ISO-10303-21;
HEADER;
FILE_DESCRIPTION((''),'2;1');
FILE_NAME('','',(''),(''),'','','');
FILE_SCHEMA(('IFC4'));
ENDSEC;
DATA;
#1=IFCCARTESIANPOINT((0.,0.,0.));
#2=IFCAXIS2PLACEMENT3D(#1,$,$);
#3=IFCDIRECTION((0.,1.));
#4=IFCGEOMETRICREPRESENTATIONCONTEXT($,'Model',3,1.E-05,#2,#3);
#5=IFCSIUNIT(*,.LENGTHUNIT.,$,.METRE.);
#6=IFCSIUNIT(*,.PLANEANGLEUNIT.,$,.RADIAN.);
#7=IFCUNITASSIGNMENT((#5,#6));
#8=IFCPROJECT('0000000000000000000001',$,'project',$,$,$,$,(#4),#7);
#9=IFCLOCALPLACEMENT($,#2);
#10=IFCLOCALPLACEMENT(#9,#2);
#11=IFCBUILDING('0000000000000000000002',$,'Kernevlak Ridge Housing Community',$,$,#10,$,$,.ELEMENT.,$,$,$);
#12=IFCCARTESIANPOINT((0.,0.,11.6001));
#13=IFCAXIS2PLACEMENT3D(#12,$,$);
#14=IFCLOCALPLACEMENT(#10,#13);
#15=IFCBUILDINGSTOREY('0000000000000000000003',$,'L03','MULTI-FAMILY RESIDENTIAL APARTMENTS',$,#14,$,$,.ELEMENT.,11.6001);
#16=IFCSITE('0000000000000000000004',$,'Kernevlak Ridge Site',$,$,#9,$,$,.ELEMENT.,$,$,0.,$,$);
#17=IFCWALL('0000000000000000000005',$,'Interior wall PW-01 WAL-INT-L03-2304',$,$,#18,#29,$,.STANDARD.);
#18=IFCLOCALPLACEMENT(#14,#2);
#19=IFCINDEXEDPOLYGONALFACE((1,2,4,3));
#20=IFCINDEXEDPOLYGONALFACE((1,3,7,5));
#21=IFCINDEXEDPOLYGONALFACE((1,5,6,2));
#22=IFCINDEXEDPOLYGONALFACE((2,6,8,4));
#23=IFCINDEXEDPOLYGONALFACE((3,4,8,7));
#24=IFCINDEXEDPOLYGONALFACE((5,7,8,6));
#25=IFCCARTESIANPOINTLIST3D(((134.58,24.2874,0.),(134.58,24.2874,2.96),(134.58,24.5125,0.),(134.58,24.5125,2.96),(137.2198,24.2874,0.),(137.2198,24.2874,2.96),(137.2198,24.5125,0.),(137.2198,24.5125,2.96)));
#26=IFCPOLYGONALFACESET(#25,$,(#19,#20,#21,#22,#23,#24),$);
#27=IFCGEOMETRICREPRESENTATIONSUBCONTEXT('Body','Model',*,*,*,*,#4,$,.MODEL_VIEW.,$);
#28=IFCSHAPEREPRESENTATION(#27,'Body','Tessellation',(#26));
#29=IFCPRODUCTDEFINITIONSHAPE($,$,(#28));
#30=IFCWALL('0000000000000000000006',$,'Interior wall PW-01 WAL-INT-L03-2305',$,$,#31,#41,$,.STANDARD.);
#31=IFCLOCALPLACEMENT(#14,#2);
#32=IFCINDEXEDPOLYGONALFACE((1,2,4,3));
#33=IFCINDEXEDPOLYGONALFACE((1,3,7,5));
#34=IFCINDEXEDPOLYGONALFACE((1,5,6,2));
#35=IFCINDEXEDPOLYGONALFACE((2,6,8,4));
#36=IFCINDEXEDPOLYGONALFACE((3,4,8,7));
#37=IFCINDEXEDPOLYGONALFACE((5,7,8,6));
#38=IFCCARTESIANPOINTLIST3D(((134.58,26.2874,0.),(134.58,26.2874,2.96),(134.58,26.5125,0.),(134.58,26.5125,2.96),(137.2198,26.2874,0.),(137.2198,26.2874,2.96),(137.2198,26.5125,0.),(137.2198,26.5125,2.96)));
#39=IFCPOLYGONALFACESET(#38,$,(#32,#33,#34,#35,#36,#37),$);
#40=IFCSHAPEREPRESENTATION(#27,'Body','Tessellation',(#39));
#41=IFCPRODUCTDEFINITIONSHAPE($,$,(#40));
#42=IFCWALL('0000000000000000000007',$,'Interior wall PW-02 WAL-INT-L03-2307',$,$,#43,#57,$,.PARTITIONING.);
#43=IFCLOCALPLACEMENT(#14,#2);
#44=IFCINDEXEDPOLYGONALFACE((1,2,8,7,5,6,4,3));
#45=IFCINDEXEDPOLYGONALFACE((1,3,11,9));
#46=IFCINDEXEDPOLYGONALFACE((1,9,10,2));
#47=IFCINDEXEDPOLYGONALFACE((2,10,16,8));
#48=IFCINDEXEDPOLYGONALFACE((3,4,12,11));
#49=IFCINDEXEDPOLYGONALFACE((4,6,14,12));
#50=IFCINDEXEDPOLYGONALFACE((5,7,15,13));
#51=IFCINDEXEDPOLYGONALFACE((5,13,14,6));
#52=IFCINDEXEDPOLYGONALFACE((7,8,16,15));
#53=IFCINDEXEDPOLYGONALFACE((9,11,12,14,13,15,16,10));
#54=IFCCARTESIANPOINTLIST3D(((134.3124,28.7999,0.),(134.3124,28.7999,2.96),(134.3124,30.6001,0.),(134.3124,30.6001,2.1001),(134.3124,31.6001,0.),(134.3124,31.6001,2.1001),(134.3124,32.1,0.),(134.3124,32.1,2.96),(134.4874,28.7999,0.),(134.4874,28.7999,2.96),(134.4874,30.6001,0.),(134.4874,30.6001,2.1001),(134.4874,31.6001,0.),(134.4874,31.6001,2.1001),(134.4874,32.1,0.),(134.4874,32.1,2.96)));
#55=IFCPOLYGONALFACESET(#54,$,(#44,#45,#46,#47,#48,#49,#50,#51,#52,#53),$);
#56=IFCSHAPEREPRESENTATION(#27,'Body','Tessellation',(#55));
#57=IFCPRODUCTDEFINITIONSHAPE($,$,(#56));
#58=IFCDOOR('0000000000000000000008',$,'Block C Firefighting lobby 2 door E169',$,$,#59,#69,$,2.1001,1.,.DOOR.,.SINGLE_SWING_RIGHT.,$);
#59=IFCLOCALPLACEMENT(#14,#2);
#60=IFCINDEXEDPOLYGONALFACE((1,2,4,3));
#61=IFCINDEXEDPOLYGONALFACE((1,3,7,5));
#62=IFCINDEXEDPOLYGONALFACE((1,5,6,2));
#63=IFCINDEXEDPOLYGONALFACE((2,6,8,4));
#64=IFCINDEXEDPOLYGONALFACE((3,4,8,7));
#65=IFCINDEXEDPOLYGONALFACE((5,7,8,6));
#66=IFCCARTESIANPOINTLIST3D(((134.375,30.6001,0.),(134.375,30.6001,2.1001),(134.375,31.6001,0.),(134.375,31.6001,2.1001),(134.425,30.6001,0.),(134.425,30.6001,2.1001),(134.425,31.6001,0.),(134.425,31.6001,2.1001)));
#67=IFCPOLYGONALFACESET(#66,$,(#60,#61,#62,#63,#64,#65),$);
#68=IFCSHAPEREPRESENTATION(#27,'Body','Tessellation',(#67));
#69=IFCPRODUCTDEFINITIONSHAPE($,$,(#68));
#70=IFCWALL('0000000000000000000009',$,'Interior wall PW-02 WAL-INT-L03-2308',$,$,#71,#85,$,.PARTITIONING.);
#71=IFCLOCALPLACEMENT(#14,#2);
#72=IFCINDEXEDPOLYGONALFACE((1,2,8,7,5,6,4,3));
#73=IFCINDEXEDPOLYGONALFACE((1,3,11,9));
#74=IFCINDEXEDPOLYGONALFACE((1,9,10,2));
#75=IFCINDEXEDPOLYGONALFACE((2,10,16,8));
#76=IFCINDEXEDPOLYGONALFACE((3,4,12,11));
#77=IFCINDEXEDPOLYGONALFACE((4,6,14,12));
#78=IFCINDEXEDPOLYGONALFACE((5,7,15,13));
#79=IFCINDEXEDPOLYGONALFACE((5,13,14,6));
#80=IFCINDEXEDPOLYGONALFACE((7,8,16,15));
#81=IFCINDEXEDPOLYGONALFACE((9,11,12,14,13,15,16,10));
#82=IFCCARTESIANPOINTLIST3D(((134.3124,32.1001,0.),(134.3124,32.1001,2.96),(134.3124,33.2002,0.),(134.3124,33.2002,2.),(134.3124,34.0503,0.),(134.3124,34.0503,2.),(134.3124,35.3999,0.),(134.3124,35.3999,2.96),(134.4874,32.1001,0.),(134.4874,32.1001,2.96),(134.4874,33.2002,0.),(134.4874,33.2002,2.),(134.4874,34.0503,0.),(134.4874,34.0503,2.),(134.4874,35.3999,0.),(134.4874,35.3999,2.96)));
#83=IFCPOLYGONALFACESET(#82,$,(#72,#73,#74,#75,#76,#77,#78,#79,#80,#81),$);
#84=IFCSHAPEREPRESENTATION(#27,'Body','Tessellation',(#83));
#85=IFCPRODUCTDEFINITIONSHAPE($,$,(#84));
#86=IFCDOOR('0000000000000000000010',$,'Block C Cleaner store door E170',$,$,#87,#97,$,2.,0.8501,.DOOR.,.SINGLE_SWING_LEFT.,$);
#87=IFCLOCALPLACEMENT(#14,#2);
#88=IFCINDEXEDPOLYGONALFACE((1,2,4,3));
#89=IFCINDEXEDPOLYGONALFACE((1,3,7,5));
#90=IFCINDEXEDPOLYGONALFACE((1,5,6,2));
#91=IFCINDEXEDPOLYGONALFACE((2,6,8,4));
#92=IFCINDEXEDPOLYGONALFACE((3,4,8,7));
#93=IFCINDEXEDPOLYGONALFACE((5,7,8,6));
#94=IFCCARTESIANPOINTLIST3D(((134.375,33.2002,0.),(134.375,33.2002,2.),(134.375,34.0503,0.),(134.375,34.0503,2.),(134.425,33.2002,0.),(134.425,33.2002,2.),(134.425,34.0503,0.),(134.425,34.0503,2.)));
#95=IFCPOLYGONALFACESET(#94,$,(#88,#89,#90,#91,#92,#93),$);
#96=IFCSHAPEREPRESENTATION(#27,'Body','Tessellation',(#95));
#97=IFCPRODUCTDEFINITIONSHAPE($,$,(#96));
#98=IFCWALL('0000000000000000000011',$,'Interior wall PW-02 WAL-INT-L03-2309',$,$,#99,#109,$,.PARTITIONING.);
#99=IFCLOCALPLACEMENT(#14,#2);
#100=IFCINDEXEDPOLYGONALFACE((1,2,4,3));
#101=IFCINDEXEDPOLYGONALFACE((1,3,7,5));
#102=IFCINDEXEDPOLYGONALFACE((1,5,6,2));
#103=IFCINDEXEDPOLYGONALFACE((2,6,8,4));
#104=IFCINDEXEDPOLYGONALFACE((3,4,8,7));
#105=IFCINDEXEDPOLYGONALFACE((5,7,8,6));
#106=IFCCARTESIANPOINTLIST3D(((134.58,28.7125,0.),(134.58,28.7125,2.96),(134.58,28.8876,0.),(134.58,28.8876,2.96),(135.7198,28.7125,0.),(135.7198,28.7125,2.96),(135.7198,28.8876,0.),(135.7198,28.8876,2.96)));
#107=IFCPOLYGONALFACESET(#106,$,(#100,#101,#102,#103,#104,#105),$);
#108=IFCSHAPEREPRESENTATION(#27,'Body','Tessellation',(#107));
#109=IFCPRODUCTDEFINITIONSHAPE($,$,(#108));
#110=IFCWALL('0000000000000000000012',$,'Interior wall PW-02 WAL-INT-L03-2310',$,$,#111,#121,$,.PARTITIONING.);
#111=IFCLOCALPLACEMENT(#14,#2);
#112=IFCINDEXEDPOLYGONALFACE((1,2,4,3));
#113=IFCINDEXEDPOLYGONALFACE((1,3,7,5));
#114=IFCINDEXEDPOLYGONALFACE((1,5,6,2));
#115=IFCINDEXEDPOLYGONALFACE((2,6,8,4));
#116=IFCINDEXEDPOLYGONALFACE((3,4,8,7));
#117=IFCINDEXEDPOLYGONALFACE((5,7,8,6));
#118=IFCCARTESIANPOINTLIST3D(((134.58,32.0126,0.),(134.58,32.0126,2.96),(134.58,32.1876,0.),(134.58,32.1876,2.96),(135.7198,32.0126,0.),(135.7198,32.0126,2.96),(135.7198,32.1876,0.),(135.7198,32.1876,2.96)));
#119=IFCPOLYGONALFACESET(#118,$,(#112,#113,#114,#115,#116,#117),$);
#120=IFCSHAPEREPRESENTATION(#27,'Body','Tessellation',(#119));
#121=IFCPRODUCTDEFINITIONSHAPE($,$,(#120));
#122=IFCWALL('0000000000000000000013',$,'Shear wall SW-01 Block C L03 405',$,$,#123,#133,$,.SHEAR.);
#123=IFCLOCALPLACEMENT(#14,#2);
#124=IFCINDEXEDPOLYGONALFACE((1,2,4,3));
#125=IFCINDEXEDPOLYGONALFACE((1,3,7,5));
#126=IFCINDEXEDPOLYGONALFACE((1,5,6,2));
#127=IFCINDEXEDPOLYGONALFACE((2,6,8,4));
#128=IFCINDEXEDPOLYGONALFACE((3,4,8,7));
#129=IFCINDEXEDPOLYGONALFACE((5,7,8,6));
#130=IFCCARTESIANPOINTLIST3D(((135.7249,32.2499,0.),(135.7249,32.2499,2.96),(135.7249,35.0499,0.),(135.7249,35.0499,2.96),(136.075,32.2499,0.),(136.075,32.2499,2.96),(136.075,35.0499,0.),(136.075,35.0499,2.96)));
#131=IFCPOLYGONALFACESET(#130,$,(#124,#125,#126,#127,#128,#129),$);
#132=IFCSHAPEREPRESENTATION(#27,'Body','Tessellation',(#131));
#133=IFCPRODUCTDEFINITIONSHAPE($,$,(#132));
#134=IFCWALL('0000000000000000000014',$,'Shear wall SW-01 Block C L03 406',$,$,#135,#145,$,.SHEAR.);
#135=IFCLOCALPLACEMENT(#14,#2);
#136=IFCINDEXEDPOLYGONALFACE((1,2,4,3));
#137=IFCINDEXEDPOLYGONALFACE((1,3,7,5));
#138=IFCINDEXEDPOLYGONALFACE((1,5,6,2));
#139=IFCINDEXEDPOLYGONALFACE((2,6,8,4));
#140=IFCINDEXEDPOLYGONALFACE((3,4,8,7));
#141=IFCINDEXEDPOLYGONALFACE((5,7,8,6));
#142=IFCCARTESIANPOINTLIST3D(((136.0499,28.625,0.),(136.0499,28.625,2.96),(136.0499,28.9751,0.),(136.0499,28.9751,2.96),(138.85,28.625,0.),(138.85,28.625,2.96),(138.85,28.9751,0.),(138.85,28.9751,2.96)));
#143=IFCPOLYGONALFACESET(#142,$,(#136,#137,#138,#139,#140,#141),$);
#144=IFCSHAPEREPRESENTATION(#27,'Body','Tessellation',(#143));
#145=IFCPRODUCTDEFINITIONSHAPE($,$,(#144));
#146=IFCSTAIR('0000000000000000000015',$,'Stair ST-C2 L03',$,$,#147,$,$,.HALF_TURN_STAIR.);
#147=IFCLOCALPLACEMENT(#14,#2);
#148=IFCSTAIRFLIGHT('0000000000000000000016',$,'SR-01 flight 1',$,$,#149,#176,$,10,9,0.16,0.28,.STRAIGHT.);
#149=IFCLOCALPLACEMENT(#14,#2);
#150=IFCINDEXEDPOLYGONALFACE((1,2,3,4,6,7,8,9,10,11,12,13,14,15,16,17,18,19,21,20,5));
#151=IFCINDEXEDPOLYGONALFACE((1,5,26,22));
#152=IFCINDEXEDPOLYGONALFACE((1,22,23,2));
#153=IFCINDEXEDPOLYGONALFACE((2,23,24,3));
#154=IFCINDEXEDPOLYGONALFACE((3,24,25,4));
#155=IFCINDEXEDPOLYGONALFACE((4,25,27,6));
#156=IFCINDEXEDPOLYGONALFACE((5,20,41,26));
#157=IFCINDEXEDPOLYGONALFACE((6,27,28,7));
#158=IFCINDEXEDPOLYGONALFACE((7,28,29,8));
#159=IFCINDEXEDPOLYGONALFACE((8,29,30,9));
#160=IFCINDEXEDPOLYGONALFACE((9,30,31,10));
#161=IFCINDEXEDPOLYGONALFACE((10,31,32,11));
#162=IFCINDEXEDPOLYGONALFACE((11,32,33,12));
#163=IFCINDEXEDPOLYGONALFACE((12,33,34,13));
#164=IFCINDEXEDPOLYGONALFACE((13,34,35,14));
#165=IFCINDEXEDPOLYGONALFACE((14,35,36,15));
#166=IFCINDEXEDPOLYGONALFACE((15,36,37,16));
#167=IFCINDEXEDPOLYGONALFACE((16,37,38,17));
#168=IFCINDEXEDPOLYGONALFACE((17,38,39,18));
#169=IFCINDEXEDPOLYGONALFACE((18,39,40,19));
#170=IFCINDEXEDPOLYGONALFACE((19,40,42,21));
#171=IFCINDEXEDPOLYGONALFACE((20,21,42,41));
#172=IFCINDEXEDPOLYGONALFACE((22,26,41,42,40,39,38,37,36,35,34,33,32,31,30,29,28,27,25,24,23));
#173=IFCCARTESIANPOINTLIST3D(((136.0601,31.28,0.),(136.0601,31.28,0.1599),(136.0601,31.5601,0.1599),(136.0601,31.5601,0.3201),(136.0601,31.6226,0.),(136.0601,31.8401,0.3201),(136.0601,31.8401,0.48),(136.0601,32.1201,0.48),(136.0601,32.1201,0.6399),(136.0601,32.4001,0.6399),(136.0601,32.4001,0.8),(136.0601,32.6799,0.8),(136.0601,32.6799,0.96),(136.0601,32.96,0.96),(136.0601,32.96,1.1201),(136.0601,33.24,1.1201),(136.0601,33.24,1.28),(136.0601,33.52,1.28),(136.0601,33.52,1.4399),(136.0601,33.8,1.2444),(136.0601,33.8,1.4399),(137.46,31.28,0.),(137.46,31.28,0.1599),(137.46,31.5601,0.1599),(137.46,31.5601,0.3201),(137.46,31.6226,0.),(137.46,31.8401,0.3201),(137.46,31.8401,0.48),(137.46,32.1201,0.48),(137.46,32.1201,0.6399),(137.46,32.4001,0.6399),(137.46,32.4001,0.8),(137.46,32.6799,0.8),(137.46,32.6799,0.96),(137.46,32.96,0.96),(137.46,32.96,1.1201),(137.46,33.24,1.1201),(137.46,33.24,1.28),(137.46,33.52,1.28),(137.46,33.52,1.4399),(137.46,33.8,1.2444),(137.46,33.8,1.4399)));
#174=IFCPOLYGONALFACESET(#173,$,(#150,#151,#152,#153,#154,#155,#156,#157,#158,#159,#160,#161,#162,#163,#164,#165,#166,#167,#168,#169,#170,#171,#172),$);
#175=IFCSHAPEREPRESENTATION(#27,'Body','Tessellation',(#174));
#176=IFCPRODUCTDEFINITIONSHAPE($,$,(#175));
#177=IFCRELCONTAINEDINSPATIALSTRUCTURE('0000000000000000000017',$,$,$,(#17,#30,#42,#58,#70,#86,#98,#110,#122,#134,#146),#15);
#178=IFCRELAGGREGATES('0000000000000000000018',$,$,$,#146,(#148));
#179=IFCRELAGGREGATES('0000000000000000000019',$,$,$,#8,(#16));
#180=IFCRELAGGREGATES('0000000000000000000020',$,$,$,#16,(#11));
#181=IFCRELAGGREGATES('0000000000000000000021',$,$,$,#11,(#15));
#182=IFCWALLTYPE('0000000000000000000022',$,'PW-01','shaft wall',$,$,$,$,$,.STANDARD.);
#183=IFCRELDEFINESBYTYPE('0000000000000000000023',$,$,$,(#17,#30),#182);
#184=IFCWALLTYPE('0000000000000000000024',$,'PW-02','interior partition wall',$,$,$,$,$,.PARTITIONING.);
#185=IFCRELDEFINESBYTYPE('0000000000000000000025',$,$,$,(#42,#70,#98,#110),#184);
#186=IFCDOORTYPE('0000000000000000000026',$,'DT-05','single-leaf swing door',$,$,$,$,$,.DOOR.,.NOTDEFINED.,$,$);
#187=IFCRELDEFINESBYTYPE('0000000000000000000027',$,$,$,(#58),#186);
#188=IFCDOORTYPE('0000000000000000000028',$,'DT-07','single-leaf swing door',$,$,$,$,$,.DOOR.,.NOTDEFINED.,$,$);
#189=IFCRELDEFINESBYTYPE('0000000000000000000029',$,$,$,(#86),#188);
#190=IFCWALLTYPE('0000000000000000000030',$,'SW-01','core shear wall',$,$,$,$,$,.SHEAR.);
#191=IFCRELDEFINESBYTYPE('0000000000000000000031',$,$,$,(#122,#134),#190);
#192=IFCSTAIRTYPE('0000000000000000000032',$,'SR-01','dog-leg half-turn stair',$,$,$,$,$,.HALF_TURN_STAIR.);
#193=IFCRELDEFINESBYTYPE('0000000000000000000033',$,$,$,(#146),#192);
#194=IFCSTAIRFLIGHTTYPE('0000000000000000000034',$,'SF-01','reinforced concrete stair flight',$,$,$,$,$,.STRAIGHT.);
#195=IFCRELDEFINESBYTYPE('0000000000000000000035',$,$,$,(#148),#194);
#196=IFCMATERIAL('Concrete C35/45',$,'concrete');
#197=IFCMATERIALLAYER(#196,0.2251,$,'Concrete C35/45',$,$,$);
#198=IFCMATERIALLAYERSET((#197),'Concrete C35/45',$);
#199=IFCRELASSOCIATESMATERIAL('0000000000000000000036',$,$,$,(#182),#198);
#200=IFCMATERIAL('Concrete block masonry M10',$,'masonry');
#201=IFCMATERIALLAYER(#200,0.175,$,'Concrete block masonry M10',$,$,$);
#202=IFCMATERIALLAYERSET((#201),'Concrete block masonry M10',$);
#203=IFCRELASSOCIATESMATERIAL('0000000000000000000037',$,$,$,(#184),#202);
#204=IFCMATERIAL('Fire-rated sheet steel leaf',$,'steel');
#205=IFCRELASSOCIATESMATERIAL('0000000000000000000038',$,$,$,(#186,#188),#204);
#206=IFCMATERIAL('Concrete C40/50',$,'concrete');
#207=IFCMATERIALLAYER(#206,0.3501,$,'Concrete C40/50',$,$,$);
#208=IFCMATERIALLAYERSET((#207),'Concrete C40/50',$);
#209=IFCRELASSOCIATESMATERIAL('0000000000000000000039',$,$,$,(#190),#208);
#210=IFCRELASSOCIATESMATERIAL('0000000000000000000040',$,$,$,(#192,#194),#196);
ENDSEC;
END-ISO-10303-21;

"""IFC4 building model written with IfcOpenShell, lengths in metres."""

from ifc_helpers import new_model, si_unit, direction, frame, frame_2d, origin, place, context, subcontext, project, spatial, polyline, rectangle, outline, extrude, material, layer, layer_set, type_object, element, fill, aggregate, save


model = new_model("IFC4")

# Units and contexts
model_context = context("Model", 3, precision=1e-05, world=origin(), true_north=direction((0.0, 1.0)))
body_context = subcontext(model_context, "Body", "Model", "MODEL_VIEW")
ifc_project = project(units=[si_unit("LENGTHUNIT", "METRE"), si_unit("PLANEANGLEUNIT", "RADIAN")], contexts=[model_context])

# Site, building, storey
site_placement = place(None, origin())
site = spatial("IfcSite", under=ifc_project, at=site_placement, Name="Kernevlak Ridge Site", CompositionType="ELEMENT", RefElevation=0.0)
building_placement = place(site_placement, origin())
building = spatial("IfcBuilding", under=site, at=building_placement, Name="Kernevlak Ridge Housing Community", CompositionType="ELEMENT")
storey_placement = place(building_placement, frame((0.0, 0.0, 11.6001)))
storey = spatial("IfcBuildingStorey", under=building, at=storey_placement, Name="L03", Description="MULTI-FAMILY RESIDENTIAL APARTMENTS", CompositionType="ELEMENT", Elevation=11.6001)

# Walls
ifc_material_1 = material(Name="Concrete C35/45", Category="concrete")
ifc_layer_1 = layer(ifc_material_1, 0.2251, Name="Concrete C35/45")
ifc_layer_set_1 = layer_set([ifc_layer_1], Name="Concrete C35/45")
wall_type_1 = type_object("IfcWallType", Name="PW-01", Description="shaft wall", PredefinedType="STANDARD", material=ifc_layer_set_1)
for number, where, z_axis, x_axis, name in (
    (1, (134.5801, 24.3999, 0.0), (0.0, 0.0, 1.0), (1.0, 0.0, 0.0), "Interior wall PW-01 WAL-INT-L03-2304"),
    (2, (134.5801, 26.3999, 0.0), (0.0, 0.0, 1.0), (1.0, 0.0, 0.0), "Interior wall PW-01 WAL-INT-L03-2305"),
):
    element("IfcWall", number, at=place(storey_placement, frame(where, z_axis=z_axis, x_axis=x_axis)), inside=storey, type_object=wall_type_1, Name=name, PredefinedType="STANDARD", context=body_context, shape_type="SweptSolid", body=[
        extrude(rectangle(XDim=2.6399, YDim=0.2251, at=frame_2d((1.3198, 0.0))), origin(), (0.0, 0.0, 1.0), 2.96),
    ])

# Walls, openings, doors
ifc_material_2 = material(Name="Fire-rated sheet steel leaf", Category="steel")
ifc_material_3 = material(Name="Concrete block masonry M10", Category="masonry")
ifc_layer_2 = layer(ifc_material_3, 0.175, Name="Concrete block masonry M10")
ifc_layer_set_2 = layer_set([ifc_layer_2], Name="Concrete block masonry M10")
wall_type_2 = type_object("IfcWallType", Name="PW-02", Description="interior partition wall", PredefinedType="PARTITIONING", material=ifc_layer_set_2)
wall_1_placement = place(storey_placement, frame((134.3999, 28.8, 0.0), z_axis=(0.0, 0.0, 1.0), x_axis=(0.0, 1.0, 0.0)))
wall_1 = element("IfcWall", 3, at=wall_1_placement, inside=storey, type_object=wall_type_2, Name="Interior wall PW-02 WAL-INT-L03-2307", PredefinedType="PARTITIONING", context=body_context, shape_type="SweptSolid", body=[
    extrude(rectangle(XDim=3.3, YDim=0.175, at=frame_2d((1.6499, 0.0))), origin(), (0.0, 0.0, 1.0), 2.96),
])
opening_1_placement = place(wall_1_placement, frame((1.8, 0.0, 0.0)))
opening_1 = element("IfcOpeningElement", 4, at=opening_1_placement, cuts=wall_1, PredefinedType="OPENING", context=body_context, shape_type="SweptSolid", body=[
    extrude(rectangle(XDim=1.0, YDim=2.1001, at=frame_2d((0.5, 1.05))), frame((0.0, 0.0974, 0.0), z_axis=(0.0, -1.0, 0.0), x_axis=(1.0, 0.0, 0.0)), (0.0, 0.0, 1.0), 0.1951),
])
door_type_1 = type_object("IfcDoorType", Name="DT-05", Description="single-leaf swing door", OperationType="NOTDEFINED", PredefinedType="DOOR", material=ifc_material_2)
door_1_placement = place(opening_1_placement, origin())
door_1 = element("IfcDoor", 5, at=door_1_placement, inside=storey, type_object=door_type_1, Name="Block C Firefighting lobby 2 door E169", OperationType="SINGLE_SWING_RIGHT", OverallHeight=2.1001, OverallWidth=1.0, PredefinedType="DOOR", context=body_context, shape_type="SweptSolid", body=[
    extrude(rectangle(XDim=1.0, YDim=2.1001, at=frame_2d((0.5, 1.05))), frame((0.0, 0.0249, 0.0), z_axis=(0.0, -1.0, 0.0), x_axis=(1.0, 0.0, 0.0)), (0.0, 0.0, 1.0), 0.05),
])
fill(opening_1, door_1)
wall_2_placement = place(storey_placement, frame((134.3999, 32.1001, 0.0), z_axis=(0.0, 0.0, 1.0), x_axis=(0.0, 1.0, 0.0)))
wall_2 = element("IfcWall", 6, at=wall_2_placement, inside=storey, type_object=wall_type_2, Name="Interior wall PW-02 WAL-INT-L03-2308", PredefinedType="PARTITIONING", context=body_context, shape_type="SweptSolid", body=[
    extrude(rectangle(XDim=3.2998, YDim=0.175, at=frame_2d((1.6499, 0.0))), origin(), (0.0, 0.0, 1.0), 2.96),
])
opening_2_placement = place(wall_2_placement, frame((1.1001, 0.0, 0.0)))
opening_2 = element("IfcOpeningElement", 7, at=opening_2_placement, cuts=wall_2, PredefinedType="OPENING", context=body_context, shape_type="SweptSolid", body=[
    extrude(rectangle(XDim=0.8501, YDim=2.0, at=frame_2d((0.425, 1.0))), frame((0.0, 0.0974, 0.0), z_axis=(0.0, -1.0, 0.0), x_axis=(1.0, 0.0, 0.0)), (0.0, 0.0, 1.0), 0.1951),
])
door_type_2 = type_object("IfcDoorType", Name="DT-07", Description="single-leaf swing door", OperationType="NOTDEFINED", PredefinedType="DOOR", material=ifc_material_2)
door_2_placement = place(opening_2_placement, origin())
door_2 = element("IfcDoor", 8, at=door_2_placement, inside=storey, type_object=door_type_2, Name="Block C Cleaner store door E170", OperationType="SINGLE_SWING_LEFT", OverallHeight=2.0, OverallWidth=0.8501, PredefinedType="DOOR", context=body_context, shape_type="SweptSolid", body=[
    extrude(rectangle(XDim=0.8501, YDim=2.0, at=frame_2d((0.425, 1.0))), frame((0.0, 0.0249, 0.0), z_axis=(0.0, -1.0, 0.0), x_axis=(1.0, 0.0, 0.0)), (0.0, 0.0, 1.0), 0.05),
])
fill(opening_2, door_2)

# Walls
for number, where, z_axis, x_axis, name in (
    (9, (134.5801, 28.8, 0.0), (0.0, 0.0, 1.0), (1.0, 0.0, 0.0), "Interior wall PW-02 WAL-INT-L03-2309"),
    (10, (134.5801, 32.1001, 0.0), (0.0, 0.0, 1.0), (1.0, 0.0, 0.0), "Interior wall PW-02 WAL-INT-L03-2310"),
):
    element("IfcWall", number, at=place(storey_placement, frame(where, z_axis=z_axis, x_axis=x_axis)), inside=storey, type_object=wall_type_2, Name=name, PredefinedType="PARTITIONING", context=body_context, shape_type="SweptSolid", body=[
        extrude(rectangle(XDim=1.1399, YDim=0.175, at=frame_2d((0.5698, 0.0))), origin(), (0.0, 0.0, 1.0), 2.96),
    ])
ifc_material_4 = material(Name="Concrete C40/50", Category="concrete")
ifc_layer_3 = layer(ifc_material_4, 0.3501, Name="Concrete C40/50")
ifc_layer_set_3 = layer_set([ifc_layer_3], Name="Concrete C40/50")
wall_type_3 = type_object("IfcWallType", Name="SW-01", Description="core shear wall", PredefinedType="SHEAR", material=ifc_layer_set_3)
for number, where, z_axis, x_axis, name in (
    (11, (135.8999, 32.25, 0.0), (0.0, 0.0, 1.0), (0.0, 1.0, 0.0), "Shear wall SW-01 Block C L03 405"),
    (12, (136.05, 28.8, 0.0), (0.0, 0.0, 1.0), (1.0, 0.0, 0.0), "Shear wall SW-01 Block C L03 406"),
):
    element("IfcWall", number, at=place(storey_placement, frame(where, z_axis=z_axis, x_axis=x_axis)), inside=storey, type_object=wall_type_3, Name=name, PredefinedType="SHEAR", context=body_context, shape_type="SweptSolid", body=[
        extrude(rectangle(XDim=2.8, YDim=0.3501, at=frame_2d((1.3999, 0.0))), origin(), (0.0, 0.0, 1.0), 2.96),
    ])

# Stair, stair flight
stair_type = type_object("IfcStairType", Name="SR-01", Description="dog-leg half-turn stair", PredefinedType="HALF_TURN_STAIR", material=ifc_material_1)
stair_placement = place(storey_placement, origin())
stair = element("IfcStair", 13, at=stair_placement, inside=storey, type_object=stair_type, Name="Stair ST-C2 L03", PredefinedType="HALF_TURN_STAIR")
stair_flight_type = type_object("IfcStairFlightType", Name="SF-01", Description="reinforced concrete stair flight", PredefinedType="STRAIGHT", material=ifc_material_1)
stair_flight_placement = place(storey_placement, frame((136.76, 31.28, 0.0), z_axis=(0.0, 0.0, 1.0), x_axis=(0.0, 1.0, 0.0)))
stair_flight = element("IfcStairFlight", 14, at=stair_flight_placement, type_object=stair_flight_type, Name="SR-01 flight 1", NumberOfRisers=10, NumberOfTreads=9, PredefinedType="STRAIGHT", RiserHeight=0.16, TreadLength=0.28, context=body_context, shape_type="SweptSolid", body=[
    extrude(outline(polyline([(0.0, 0.0), (0.0, 0.1599), (0.28, 0.1599), (0.28, 0.3201), (0.5601, 0.3201), (0.5601, 0.48), (0.8401, 0.48), (0.8401, 0.6399), (1.1201, 0.6399), (1.1201, 0.8), (1.3999, 0.8), (1.3999, 0.96), (1.6799, 0.96), (1.6799, 1.1201), (1.96, 1.1201), (1.96, 1.28), (2.24, 1.28), (2.24, 1.4399), (2.52, 1.4399), (2.52, 1.6001), (2.52, 1.2444), (0.3425, 0.0), (0.0, 0.0)])), frame((0.0, 0.7, 0.0), z_axis=(0.0, -1.0, 0.0), x_axis=(1.0, 0.0, 0.0)), (0.0, 0.0, 1.0), 1.3999),
])
aggregate(stair, [stair_flight])

save(model, "model.ifc")
